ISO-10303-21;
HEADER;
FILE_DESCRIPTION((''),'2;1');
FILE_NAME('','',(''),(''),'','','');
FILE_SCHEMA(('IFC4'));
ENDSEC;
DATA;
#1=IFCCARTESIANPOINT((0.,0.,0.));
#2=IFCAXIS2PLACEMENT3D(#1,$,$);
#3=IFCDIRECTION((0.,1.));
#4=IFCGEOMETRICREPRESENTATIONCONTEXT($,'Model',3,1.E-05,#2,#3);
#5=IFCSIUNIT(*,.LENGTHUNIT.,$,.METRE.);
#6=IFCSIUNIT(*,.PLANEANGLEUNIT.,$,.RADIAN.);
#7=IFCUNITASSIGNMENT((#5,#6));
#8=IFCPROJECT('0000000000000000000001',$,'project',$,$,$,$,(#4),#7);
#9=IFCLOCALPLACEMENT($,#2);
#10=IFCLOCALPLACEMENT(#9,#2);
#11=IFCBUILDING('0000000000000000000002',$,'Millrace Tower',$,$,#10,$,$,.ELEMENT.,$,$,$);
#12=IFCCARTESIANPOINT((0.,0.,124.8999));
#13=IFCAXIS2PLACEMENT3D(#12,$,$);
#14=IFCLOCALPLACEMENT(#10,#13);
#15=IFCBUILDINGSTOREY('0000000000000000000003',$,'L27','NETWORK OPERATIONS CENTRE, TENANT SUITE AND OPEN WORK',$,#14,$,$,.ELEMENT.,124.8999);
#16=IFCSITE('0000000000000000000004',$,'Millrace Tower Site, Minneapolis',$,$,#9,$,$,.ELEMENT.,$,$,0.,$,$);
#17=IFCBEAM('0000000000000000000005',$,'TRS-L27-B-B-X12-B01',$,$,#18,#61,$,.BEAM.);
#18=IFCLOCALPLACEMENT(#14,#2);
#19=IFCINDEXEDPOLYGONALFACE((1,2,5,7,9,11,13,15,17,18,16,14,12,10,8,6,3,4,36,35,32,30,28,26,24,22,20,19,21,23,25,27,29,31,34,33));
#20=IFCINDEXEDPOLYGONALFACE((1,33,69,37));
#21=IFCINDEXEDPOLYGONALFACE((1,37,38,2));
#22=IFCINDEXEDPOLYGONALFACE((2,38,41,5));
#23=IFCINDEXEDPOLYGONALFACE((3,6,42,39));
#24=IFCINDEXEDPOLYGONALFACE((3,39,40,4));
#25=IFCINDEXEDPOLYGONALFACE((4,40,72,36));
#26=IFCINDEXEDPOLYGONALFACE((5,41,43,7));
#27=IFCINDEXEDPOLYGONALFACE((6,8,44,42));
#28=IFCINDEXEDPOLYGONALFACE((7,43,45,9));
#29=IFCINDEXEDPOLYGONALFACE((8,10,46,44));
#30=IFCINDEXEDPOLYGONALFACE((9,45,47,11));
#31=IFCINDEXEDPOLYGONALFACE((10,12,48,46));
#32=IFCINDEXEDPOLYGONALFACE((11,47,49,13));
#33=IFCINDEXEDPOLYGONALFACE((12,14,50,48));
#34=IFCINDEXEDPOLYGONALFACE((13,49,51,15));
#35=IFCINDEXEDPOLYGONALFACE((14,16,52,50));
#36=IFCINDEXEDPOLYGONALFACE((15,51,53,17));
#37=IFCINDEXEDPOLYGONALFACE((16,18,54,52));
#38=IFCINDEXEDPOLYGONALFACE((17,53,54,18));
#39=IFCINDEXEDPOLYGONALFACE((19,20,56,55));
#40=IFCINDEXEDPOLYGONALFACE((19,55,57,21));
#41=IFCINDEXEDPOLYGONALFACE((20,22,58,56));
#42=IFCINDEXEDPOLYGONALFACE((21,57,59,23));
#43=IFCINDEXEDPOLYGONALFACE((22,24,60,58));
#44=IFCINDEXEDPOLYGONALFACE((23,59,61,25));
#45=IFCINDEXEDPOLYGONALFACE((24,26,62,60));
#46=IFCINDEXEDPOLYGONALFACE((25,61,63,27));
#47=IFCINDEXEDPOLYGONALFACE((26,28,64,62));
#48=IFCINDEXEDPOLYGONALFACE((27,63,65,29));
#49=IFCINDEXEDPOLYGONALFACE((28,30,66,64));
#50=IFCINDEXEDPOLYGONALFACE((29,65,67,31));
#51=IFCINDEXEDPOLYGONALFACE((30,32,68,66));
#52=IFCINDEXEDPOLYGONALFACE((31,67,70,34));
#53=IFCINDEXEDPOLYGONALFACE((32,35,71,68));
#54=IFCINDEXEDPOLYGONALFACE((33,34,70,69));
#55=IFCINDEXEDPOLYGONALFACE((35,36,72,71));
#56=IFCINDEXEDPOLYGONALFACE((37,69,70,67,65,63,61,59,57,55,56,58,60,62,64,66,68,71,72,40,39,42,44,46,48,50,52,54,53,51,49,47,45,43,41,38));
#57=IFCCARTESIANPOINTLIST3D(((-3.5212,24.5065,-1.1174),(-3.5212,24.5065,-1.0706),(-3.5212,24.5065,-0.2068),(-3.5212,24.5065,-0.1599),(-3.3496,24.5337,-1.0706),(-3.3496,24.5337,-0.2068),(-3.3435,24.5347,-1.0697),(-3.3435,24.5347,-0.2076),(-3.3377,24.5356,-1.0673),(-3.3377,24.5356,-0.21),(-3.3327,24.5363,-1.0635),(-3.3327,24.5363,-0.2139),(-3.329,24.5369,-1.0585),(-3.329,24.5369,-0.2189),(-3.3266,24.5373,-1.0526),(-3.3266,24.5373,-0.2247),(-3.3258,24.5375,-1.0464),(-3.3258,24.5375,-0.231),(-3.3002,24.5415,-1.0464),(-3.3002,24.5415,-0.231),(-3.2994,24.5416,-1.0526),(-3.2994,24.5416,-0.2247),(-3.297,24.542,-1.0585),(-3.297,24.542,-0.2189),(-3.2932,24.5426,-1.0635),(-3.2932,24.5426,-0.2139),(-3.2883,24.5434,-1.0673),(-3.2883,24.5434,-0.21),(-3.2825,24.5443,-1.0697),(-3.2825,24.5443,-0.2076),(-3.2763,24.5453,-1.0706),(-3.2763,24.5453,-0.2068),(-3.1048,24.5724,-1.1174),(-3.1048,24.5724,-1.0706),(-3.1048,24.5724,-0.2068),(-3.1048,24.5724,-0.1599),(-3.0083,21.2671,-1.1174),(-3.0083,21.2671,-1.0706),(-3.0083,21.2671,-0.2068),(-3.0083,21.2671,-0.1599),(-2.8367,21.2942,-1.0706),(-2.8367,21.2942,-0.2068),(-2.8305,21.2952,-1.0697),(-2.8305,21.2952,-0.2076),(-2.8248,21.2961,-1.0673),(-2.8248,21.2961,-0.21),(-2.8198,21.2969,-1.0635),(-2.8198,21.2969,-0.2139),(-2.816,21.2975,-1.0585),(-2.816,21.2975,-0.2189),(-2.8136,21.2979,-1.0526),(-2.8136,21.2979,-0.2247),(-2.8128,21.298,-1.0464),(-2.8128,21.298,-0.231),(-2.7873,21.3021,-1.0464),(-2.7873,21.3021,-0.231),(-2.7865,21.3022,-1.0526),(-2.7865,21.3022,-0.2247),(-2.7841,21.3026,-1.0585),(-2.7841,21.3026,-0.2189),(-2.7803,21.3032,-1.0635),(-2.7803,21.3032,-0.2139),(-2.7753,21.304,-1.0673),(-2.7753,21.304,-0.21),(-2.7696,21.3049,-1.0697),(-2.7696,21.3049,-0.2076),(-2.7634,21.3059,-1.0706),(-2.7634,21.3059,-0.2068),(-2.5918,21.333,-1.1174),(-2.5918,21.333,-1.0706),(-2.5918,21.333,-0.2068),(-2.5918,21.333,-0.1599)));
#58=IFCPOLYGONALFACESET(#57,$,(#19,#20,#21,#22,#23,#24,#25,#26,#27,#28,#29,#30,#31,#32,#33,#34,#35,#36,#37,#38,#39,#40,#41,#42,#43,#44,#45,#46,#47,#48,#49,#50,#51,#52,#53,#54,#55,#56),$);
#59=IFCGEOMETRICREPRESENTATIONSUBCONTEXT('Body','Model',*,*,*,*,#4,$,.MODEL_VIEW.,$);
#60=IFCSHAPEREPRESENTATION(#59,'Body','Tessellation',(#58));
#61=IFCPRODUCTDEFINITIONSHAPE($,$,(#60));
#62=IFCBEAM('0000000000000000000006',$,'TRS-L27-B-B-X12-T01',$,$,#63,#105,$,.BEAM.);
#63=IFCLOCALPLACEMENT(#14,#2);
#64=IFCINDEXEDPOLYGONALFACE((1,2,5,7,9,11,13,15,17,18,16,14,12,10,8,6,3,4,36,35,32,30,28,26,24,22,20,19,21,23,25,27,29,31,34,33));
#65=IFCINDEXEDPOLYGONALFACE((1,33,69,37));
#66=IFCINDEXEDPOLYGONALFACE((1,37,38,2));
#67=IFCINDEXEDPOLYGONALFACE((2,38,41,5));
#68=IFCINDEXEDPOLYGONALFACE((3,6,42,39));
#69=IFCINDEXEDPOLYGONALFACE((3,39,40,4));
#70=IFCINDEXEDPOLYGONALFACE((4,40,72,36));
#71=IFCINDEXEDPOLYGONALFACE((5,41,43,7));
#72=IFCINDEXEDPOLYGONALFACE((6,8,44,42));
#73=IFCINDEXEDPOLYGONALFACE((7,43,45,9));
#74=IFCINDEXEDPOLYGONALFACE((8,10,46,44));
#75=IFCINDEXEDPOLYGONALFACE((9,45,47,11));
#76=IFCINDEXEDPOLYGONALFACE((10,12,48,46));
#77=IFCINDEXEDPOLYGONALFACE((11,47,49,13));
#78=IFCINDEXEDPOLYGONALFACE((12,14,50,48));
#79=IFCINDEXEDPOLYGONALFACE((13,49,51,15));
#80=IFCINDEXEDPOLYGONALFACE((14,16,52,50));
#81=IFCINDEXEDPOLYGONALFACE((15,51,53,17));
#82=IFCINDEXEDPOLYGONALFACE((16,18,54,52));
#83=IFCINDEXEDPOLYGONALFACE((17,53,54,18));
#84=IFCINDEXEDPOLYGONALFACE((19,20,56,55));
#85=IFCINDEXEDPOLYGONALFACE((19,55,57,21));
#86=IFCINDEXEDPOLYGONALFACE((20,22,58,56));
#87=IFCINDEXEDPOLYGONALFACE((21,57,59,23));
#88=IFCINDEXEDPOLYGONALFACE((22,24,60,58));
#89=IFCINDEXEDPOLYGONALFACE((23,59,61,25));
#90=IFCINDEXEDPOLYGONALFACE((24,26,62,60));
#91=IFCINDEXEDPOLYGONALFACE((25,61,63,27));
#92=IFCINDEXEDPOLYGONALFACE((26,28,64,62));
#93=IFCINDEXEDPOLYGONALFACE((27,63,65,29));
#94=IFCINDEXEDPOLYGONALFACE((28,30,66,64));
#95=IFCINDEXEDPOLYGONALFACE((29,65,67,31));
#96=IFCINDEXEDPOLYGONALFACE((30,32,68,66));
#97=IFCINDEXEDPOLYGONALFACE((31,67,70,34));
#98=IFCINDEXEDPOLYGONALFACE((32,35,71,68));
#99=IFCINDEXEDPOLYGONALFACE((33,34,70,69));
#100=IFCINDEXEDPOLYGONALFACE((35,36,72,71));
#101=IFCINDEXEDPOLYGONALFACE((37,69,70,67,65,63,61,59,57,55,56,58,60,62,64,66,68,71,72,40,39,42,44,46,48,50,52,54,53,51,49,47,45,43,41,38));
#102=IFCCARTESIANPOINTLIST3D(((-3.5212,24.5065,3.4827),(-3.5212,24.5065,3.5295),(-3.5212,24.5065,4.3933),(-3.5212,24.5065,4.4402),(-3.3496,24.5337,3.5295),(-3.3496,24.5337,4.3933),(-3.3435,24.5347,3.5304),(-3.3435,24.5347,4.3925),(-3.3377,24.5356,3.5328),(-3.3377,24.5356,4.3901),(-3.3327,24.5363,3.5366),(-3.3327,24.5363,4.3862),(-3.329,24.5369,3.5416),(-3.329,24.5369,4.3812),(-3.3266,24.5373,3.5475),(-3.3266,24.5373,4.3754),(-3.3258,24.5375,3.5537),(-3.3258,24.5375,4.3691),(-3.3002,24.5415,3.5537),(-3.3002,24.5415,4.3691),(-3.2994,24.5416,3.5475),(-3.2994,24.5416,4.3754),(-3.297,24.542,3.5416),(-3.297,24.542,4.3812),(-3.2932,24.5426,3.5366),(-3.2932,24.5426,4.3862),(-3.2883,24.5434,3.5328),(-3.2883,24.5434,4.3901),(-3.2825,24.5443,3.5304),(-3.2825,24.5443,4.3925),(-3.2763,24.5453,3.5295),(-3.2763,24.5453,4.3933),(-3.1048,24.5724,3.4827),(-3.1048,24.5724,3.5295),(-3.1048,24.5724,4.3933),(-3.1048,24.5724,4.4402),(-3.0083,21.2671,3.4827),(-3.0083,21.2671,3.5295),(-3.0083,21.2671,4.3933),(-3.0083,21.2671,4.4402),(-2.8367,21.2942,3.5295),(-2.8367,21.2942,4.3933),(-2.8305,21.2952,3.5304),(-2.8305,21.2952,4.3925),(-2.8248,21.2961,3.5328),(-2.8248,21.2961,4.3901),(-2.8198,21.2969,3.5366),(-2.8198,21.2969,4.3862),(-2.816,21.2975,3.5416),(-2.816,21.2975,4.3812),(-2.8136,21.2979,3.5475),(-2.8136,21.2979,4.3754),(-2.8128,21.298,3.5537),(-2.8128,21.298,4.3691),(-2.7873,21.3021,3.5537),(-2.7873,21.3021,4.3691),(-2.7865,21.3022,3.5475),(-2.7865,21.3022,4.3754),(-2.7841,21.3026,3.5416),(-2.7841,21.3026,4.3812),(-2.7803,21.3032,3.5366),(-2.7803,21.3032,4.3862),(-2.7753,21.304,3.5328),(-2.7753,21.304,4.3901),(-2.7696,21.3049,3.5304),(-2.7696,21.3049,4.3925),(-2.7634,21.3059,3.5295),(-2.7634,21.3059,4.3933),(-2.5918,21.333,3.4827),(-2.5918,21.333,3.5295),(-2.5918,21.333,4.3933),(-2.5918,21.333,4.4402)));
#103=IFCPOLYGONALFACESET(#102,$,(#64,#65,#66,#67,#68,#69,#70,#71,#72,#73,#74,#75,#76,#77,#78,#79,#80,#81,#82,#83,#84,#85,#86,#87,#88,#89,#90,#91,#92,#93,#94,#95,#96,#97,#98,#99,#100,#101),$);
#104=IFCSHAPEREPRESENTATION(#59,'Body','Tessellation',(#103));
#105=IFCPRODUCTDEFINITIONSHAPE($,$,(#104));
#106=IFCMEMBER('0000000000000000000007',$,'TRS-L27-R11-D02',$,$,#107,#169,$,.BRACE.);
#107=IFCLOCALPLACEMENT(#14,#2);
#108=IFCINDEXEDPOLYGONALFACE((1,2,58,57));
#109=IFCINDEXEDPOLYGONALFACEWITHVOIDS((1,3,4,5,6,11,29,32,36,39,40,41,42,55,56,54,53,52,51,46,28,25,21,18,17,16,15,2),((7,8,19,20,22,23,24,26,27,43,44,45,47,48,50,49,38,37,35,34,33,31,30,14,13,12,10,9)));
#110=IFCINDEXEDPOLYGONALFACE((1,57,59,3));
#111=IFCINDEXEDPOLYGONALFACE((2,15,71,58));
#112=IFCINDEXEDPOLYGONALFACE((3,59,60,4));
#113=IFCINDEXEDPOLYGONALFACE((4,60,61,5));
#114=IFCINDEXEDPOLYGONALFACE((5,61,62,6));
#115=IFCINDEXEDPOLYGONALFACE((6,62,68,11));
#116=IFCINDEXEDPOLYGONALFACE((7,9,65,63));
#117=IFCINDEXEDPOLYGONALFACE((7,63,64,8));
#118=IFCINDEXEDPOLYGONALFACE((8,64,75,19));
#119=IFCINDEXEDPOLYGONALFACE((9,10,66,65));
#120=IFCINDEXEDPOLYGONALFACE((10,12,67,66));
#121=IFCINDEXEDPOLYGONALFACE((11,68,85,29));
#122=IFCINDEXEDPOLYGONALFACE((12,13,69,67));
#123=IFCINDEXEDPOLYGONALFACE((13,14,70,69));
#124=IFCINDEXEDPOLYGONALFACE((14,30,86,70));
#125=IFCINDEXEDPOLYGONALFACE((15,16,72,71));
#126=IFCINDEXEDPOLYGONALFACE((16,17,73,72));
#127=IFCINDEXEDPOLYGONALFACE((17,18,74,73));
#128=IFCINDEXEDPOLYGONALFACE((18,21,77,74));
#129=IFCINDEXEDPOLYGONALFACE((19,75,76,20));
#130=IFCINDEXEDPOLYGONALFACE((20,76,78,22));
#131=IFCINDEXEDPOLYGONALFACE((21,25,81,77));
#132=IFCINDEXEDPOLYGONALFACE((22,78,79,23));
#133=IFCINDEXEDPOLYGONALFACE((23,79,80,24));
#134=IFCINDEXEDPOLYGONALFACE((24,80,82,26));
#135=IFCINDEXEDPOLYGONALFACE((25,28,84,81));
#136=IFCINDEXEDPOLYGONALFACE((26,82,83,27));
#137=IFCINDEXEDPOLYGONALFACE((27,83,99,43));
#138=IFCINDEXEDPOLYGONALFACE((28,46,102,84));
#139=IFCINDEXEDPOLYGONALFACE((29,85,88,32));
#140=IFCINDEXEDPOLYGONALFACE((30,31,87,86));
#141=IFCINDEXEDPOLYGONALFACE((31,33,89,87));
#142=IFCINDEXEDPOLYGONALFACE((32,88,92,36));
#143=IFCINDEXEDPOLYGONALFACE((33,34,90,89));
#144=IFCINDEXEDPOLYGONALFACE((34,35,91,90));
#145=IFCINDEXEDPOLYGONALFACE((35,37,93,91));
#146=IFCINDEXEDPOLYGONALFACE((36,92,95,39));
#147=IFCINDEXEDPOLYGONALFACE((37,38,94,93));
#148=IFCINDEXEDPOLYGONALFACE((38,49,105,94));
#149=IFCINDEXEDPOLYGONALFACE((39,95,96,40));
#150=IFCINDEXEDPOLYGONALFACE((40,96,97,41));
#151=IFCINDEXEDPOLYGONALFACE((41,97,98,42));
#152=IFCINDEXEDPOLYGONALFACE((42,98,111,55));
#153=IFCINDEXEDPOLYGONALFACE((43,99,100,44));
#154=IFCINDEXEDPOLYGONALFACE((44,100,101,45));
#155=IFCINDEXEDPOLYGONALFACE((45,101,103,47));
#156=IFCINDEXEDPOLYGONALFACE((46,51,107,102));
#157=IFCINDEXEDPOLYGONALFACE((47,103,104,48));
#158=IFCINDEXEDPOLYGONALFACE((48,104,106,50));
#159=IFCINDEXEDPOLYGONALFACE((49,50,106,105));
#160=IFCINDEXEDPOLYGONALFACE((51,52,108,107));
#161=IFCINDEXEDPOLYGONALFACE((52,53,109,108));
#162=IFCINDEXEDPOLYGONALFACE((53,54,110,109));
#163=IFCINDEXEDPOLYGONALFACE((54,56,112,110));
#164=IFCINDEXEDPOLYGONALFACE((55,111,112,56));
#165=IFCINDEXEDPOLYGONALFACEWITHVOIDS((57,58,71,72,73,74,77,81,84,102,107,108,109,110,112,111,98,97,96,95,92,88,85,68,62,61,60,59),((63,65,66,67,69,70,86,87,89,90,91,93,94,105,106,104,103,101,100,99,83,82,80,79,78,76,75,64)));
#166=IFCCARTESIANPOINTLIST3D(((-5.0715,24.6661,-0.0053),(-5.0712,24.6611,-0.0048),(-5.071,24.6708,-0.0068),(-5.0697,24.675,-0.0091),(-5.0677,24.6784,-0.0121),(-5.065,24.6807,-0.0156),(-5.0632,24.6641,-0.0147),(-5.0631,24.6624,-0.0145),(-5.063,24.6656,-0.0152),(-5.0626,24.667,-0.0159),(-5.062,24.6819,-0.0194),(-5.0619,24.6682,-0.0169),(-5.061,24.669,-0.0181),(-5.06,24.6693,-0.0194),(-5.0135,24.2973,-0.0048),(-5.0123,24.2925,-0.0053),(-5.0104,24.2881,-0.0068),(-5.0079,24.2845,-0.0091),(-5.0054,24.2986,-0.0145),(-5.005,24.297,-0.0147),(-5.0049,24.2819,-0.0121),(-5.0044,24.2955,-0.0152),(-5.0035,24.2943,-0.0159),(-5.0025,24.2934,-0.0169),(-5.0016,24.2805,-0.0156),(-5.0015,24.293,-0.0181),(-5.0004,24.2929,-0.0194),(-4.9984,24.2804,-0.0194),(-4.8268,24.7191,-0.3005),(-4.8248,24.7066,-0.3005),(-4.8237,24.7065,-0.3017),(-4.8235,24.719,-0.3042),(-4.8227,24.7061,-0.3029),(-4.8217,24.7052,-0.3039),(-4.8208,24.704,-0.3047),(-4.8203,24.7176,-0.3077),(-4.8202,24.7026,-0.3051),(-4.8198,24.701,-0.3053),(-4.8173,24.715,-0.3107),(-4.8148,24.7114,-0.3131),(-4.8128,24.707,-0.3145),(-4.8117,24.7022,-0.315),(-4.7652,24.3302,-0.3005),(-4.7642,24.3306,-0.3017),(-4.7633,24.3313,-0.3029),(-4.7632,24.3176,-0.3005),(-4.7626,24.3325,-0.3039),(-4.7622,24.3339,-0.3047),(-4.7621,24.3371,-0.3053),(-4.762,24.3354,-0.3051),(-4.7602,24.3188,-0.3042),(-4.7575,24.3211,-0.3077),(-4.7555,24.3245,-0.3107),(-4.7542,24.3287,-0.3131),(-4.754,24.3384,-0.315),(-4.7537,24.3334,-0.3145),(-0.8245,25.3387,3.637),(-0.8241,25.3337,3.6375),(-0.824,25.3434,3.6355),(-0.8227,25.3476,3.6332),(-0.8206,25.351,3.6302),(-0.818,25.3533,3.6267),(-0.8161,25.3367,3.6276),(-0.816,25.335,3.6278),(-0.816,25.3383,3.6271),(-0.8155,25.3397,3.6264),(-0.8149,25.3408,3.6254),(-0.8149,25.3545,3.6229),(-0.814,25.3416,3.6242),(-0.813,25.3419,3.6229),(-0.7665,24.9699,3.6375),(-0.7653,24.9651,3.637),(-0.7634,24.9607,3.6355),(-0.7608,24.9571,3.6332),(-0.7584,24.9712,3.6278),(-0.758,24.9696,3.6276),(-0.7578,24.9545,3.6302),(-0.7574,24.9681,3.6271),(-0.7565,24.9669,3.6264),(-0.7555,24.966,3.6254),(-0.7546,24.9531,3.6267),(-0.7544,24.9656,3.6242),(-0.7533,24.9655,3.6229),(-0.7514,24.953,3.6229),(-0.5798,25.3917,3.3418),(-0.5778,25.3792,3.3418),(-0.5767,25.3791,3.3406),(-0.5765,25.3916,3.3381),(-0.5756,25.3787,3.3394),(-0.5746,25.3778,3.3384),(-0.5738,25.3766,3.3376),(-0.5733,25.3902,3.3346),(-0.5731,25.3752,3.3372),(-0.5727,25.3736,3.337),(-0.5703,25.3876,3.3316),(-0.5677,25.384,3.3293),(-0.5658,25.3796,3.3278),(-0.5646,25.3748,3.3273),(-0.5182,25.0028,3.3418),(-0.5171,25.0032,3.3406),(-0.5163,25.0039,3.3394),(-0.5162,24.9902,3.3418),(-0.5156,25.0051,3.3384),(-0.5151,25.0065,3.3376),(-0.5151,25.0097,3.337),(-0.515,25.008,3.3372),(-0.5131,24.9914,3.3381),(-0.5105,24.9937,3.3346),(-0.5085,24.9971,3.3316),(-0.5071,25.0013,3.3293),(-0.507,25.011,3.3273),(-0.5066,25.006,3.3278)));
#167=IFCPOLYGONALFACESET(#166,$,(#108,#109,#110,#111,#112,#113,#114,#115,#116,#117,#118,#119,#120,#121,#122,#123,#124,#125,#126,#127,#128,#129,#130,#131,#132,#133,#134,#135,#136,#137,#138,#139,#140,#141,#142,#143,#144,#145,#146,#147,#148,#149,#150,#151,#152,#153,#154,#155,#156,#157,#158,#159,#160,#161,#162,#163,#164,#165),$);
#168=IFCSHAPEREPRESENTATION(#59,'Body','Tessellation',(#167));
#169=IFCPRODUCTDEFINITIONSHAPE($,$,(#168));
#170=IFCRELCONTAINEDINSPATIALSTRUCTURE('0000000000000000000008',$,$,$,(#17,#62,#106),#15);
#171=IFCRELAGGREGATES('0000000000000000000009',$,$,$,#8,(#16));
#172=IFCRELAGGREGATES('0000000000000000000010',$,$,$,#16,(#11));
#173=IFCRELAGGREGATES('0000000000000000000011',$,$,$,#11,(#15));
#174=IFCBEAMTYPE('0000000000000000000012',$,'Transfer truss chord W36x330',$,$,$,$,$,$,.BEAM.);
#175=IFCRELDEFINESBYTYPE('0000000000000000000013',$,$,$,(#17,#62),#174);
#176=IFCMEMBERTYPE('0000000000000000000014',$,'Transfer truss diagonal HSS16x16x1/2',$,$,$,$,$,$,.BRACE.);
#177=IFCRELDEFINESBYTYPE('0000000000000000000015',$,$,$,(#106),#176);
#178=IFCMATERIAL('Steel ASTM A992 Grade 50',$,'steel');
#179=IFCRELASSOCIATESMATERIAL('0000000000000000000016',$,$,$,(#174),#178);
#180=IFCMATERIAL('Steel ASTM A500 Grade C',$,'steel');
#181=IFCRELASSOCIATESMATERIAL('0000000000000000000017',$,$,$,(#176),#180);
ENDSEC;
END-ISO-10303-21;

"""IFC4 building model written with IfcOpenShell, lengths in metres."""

from ifc_helpers import new_model, si_unit, direction, frame, origin, origin_2d, place, context, subcontext, project, spatial, hollow_rectangle, i_section, extrude, material, material_profile, profile_set, type_object, element, save


model = new_model("IFC4")

# Units and contexts
model_context = context("Model", 3, precision=1e-05, world=origin(), true_north=direction((0.0, 1.0)))
body_context = subcontext(model_context, "Body", "Model", "MODEL_VIEW")
ifc_project = project(units=[si_unit("LENGTHUNIT", "METRE"), si_unit("PLANEANGLEUNIT", "RADIAN")], contexts=[model_context])

# Site, building, storey
site_placement = place(None, origin())
site = spatial("IfcSite", under=ifc_project, at=site_placement, Name="Millrace Tower Site, Minneapolis", CompositionType="ELEMENT", RefElevation=0.0)
building_placement = place(site_placement, origin())
building = spatial("IfcBuilding", under=site, at=building_placement, Name="Millrace Tower", CompositionType="ELEMENT")
storey_placement = place(building_placement, frame((0.0, 0.0, 124.8999)))
storey = spatial("IfcBuildingStorey", under=building, at=storey_placement, Name="L27", Description="NETWORK OPERATIONS CENTRE, TENANT SUITE AND OPEN WORK", CompositionType="ELEMENT", Elevation=124.8999)

# Beams
ifc_material_1 = material(Name="Steel ASTM A992 Grade 50", Category="steel")
ifc_material_profile_1 = material_profile(ifc_material_1, i_section(OverallWidth=0.4216, OverallDepth=0.9575, WebThickness=0.0259, FlangeThickness=0.0469, FilletRadius=0.0242, at=origin_2d()))
ifc_profile_set_1 = profile_set([ifc_material_profile_1], Name="Steel ASTM A992 Grade 50")
beam_type_1 = type_object("IfcBeamType", Name="Transfer truss chord W36x330", PredefinedType="BEAM", material=ifc_profile_set_1)
for number, where, z_axis, x_axis, name in (
    (1, (-2.8, 21.3, -0.6387), (-0.156391, 0.987695, 0.0), (-0.987695, -0.156391, 0.0), "TRS-L27-B-B-X12-B01"),
    (2, (-2.8, 21.3, 3.9614), (-0.156391, 0.987695, 0.0), (-0.987695, -0.156391, 0.0), "TRS-L27-B-B-X12-T01"),
):
    element("IfcBeam", number, at=place(storey_placement, frame(where, z_axis=z_axis, x_axis=x_axis)), inside=storey, type_object=beam_type_1, Name=name, PredefinedType="BEAM", context=body_context, shape_type="SweptSolid", body=[
        extrude(i_section(OverallWidth=0.4216, OverallDepth=0.9575, WebThickness=0.0259, FlangeThickness=0.0469, FilletRadius=0.0242, at=origin_2d()), origin(), (0.0, 0.0, 1.0), 3.2798),
    ])

# Member
ifc_material_2 = material(Name="Steel ASTM A500 Grade C", Category="steel")
ifc_material_profile_2 = material_profile(ifc_material_2, hollow_rectangle(XDim=0.4065, YDim=0.4065, WallThickness=0.0127, InnerFilletRadius=0.0063, OuterFilletRadius=0.019, at=origin_2d()))
ifc_profile_set_2 = profile_set([ifc_material_profile_2], Name="Steel ASTM A500 Grade C")
member_type_1 = type_object("IfcMemberType", Name="Transfer truss diagonal HSS16x16x1/2", PredefinedType="BRACE", material=ifc_profile_set_2)
member_1_placement = place(storey_placement, frame((-4.9126, 24.4998, -0.1599), z_axis=(0.753655, 0.119356, 0.646343), x_axis=(-0.15642, 0.987691, 0.0)))
element("IfcMember", 3, at=member_1_placement, inside=storey, type_object=member_type_1, Name="TRS-L27-R11-D02", PredefinedType="BRACE", context=body_context, shape_type="SweptSolid", body=[
    extrude(hollow_rectangle(XDim=0.4065, YDim=0.4065, WallThickness=0.0127, InnerFilletRadius=0.0063, OuterFilletRadius=0.019, at=origin_2d()), origin(), (0.0, 0.0, 1.0), 5.6353),
])

save(model, "model.ifc")
